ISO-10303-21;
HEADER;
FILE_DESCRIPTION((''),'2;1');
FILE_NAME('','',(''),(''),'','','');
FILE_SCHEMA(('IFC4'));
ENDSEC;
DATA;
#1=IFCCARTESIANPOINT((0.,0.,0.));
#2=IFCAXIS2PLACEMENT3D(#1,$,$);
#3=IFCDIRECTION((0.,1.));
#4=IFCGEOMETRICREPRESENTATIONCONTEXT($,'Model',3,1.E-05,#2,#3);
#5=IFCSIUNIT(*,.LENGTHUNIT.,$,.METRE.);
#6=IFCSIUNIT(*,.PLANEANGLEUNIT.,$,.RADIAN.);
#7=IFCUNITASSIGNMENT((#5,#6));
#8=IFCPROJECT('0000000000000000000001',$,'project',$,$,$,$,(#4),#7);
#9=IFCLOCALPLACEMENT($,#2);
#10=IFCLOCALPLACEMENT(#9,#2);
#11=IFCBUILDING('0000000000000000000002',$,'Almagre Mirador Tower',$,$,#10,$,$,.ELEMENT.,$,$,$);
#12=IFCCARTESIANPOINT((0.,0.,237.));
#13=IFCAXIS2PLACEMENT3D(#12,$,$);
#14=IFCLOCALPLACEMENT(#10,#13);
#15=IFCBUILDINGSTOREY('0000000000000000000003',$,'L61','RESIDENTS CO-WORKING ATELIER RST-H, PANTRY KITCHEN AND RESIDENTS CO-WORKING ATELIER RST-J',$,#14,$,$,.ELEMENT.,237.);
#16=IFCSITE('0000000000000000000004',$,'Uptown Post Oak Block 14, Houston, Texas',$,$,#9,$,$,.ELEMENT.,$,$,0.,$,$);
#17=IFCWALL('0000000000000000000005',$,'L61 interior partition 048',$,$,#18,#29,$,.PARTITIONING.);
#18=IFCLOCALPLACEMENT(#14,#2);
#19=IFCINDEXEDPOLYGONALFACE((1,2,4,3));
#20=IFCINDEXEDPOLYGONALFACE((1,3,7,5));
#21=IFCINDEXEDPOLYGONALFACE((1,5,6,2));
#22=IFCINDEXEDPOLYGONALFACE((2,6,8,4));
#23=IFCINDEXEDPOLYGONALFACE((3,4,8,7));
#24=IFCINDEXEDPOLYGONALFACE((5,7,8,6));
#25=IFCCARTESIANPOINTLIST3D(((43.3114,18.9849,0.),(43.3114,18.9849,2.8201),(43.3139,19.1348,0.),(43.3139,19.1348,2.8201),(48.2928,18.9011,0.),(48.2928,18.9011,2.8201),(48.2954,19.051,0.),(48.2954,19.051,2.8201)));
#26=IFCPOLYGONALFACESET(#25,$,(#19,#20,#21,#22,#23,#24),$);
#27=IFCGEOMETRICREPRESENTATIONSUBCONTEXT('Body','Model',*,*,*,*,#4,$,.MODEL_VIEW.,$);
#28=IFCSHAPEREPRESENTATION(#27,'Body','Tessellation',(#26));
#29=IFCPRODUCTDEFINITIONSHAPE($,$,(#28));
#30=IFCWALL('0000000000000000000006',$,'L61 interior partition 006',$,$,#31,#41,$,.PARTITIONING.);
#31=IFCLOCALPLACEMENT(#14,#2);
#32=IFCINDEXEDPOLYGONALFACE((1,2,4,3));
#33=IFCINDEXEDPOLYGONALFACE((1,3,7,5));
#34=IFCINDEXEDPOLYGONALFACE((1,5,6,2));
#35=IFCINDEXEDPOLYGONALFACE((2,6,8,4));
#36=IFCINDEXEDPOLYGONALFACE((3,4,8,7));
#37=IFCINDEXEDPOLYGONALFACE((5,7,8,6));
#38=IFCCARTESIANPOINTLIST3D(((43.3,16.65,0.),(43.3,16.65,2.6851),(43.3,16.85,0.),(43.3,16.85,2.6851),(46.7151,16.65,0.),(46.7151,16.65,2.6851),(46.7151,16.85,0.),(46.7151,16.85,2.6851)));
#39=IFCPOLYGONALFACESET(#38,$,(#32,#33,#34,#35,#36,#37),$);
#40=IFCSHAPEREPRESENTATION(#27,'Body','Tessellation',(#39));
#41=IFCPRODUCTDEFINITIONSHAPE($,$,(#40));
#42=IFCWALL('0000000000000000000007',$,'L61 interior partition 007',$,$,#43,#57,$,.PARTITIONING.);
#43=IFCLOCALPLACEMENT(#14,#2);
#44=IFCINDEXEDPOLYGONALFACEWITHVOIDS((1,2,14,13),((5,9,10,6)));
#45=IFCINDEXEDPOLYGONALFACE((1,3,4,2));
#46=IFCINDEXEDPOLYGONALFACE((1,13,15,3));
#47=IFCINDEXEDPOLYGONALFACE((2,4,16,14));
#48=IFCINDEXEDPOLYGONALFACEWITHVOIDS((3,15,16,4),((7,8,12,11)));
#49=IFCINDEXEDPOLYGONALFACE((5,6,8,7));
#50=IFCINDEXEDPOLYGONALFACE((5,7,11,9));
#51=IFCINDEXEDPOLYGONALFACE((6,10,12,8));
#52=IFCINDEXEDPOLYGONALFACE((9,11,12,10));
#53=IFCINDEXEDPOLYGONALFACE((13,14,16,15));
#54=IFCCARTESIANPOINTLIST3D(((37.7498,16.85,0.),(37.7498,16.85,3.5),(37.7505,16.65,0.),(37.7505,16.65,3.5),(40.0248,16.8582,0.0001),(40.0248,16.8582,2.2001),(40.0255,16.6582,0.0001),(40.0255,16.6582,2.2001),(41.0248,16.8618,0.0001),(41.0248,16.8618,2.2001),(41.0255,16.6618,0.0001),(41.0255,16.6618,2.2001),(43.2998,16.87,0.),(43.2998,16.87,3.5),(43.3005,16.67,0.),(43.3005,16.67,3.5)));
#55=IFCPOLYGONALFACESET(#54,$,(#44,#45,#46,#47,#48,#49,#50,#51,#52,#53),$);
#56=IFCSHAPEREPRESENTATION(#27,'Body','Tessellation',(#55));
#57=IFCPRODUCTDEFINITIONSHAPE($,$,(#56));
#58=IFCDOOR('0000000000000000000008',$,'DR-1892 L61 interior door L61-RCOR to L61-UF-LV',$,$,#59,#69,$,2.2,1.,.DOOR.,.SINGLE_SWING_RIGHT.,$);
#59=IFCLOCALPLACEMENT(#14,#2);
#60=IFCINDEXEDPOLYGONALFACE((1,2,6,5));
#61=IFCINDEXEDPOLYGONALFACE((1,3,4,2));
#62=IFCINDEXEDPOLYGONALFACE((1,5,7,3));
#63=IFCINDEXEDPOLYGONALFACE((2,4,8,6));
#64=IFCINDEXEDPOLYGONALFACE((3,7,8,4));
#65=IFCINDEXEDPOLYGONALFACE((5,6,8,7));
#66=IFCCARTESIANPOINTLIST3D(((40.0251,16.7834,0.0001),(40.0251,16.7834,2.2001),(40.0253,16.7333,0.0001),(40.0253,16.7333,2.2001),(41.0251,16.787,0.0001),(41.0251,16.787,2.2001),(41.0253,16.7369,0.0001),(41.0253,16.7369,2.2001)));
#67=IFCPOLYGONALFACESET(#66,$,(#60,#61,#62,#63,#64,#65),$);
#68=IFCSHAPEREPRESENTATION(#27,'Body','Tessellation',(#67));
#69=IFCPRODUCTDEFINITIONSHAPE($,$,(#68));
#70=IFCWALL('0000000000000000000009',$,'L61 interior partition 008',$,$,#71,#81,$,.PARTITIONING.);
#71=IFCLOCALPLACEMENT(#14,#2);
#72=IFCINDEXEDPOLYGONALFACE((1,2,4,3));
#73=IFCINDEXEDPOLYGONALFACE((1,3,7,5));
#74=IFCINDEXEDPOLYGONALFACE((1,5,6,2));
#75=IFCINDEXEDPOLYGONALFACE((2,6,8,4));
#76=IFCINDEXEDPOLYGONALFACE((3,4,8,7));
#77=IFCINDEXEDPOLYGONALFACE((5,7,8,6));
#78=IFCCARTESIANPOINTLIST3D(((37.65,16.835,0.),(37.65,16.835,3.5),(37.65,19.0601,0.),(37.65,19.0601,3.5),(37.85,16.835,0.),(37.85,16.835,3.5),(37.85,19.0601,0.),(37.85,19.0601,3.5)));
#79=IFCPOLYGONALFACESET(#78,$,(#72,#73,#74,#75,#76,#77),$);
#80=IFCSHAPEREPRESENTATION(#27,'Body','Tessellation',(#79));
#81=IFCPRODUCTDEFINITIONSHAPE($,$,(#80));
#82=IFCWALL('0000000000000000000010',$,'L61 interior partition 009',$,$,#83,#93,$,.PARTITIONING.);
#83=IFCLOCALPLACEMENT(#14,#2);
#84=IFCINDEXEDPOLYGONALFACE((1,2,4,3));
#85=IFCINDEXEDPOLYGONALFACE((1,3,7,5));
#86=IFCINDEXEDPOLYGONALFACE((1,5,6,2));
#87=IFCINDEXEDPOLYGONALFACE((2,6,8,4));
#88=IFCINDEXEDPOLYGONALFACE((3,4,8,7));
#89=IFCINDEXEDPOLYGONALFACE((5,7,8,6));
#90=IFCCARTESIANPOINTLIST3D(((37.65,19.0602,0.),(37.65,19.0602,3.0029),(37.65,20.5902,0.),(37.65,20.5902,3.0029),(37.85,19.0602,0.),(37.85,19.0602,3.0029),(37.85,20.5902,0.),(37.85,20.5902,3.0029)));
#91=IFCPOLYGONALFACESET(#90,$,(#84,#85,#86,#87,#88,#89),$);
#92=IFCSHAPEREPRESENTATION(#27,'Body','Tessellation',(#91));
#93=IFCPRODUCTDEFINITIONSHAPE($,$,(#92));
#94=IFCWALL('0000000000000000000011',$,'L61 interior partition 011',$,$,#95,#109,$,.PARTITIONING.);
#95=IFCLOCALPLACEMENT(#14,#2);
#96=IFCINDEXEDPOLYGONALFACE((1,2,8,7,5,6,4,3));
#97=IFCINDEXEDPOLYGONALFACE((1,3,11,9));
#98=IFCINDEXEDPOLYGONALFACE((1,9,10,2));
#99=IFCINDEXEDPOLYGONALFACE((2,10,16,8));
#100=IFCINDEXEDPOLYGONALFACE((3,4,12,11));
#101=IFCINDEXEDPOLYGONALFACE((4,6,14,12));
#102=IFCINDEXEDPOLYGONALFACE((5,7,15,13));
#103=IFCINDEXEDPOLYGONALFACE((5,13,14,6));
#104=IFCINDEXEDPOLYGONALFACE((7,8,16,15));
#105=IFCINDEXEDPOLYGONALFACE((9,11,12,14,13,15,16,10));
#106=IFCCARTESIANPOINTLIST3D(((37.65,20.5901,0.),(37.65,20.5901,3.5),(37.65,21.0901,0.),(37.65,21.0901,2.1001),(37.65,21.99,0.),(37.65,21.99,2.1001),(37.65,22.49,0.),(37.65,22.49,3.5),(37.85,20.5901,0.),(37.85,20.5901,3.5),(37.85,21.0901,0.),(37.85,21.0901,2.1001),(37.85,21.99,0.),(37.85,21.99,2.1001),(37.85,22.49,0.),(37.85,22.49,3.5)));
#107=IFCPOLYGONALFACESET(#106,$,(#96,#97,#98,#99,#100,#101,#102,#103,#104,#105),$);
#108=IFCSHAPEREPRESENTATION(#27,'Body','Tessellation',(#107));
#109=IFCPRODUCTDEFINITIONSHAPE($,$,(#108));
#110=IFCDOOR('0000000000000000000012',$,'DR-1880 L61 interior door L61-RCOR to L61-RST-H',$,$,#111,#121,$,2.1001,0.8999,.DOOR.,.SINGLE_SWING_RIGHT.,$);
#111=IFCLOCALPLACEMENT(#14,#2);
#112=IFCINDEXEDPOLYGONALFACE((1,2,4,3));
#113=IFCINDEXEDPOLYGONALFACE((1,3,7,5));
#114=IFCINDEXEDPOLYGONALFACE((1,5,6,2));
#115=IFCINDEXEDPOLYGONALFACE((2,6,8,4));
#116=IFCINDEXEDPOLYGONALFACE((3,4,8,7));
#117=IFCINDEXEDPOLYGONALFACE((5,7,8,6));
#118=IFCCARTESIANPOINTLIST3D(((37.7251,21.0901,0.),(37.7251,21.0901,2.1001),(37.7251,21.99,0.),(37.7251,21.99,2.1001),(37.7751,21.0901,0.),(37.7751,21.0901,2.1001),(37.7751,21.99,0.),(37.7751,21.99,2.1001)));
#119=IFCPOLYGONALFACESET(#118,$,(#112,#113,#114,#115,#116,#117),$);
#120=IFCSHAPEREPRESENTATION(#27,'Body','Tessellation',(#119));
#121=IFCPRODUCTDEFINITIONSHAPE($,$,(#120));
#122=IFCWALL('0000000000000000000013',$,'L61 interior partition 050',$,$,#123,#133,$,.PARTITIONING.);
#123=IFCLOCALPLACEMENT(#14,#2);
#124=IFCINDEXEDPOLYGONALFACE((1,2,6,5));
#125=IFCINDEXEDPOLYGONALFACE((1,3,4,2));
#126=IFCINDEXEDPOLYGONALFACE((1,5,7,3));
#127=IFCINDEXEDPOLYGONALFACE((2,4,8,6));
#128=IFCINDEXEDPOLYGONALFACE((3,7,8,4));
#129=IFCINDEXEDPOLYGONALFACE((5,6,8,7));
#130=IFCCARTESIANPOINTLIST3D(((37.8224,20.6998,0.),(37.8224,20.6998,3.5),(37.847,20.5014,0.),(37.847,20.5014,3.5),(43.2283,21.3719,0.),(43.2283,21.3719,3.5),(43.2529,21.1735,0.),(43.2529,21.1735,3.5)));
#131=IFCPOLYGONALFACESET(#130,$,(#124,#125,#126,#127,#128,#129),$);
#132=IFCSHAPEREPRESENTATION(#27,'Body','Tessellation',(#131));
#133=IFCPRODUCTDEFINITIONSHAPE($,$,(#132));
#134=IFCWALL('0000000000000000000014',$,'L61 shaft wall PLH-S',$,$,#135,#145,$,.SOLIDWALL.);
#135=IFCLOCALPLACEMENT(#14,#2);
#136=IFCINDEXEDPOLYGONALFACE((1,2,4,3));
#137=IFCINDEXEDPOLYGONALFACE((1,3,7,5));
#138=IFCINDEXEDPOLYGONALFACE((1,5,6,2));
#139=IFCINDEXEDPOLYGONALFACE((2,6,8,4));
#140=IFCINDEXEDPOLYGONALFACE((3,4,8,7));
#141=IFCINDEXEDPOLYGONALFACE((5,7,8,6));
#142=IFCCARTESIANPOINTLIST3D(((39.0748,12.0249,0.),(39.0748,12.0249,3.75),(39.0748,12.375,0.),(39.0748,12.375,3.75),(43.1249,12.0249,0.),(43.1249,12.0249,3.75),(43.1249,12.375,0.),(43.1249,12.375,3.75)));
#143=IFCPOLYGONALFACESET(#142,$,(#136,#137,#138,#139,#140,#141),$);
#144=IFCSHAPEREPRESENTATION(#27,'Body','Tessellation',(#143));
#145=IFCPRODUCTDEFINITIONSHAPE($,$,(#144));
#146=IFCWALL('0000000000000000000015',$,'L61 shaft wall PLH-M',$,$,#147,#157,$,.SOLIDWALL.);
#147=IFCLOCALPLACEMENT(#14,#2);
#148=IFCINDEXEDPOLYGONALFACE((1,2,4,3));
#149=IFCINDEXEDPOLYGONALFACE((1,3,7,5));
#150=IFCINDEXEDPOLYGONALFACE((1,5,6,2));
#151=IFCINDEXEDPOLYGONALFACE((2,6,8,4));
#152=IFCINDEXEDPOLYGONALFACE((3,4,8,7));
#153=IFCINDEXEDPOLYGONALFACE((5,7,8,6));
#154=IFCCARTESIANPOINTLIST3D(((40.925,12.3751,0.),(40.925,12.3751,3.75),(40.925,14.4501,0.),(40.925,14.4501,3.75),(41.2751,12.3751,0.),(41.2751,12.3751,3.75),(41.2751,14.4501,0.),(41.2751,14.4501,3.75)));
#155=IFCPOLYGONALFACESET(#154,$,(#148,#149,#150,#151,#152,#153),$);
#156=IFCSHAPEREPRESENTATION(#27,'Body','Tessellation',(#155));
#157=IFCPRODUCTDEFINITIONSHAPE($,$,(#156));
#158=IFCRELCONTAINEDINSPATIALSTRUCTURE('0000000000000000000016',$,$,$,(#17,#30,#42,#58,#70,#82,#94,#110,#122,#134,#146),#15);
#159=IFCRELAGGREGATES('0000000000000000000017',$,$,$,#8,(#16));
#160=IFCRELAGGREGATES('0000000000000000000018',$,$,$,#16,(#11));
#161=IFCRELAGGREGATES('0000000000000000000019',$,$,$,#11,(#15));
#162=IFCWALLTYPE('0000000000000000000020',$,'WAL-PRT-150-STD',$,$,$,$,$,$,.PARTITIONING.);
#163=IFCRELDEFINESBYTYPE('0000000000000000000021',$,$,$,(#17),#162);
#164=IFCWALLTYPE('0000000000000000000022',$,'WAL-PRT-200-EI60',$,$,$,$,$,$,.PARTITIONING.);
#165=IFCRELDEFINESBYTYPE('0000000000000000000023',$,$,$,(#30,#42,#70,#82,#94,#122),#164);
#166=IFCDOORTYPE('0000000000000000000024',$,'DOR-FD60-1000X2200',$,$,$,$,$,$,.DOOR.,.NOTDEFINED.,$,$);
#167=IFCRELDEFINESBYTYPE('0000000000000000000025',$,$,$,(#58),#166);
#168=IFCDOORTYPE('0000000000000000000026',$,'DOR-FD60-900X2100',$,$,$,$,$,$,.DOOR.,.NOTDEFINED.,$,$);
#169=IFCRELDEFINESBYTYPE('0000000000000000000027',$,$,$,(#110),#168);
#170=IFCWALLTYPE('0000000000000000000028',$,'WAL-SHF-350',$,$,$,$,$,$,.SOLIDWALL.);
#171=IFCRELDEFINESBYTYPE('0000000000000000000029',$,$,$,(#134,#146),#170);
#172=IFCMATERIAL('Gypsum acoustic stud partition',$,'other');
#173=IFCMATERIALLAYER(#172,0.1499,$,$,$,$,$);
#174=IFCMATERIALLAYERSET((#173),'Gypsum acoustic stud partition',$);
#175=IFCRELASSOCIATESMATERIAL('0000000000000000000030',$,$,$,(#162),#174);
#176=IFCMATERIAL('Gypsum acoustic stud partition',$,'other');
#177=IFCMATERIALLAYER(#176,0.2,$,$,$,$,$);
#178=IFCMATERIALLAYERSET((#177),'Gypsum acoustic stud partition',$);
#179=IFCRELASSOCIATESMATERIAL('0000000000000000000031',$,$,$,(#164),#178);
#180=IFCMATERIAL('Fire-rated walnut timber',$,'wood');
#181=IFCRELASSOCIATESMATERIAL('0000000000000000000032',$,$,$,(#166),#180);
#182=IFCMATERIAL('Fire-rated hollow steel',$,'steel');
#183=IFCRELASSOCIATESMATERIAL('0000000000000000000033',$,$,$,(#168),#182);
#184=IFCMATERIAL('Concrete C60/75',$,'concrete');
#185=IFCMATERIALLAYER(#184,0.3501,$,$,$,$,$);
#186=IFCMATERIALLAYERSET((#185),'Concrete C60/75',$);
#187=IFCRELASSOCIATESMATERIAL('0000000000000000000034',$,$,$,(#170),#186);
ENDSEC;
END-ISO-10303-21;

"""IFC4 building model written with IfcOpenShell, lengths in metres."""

from ifc_helpers import new_model, si_unit, direction, frame, frame_2d, origin, place, context, subcontext, project, spatial, rectangle, extrude, material, layer, layer_set, type_object, element, fill, save


model = new_model("IFC4")

# Units and contexts
model_context = context("Model", 3, precision=1e-05, world=origin(), true_north=direction((0.0, 1.0)))
body_context = subcontext(model_context, "Body", "Model", "MODEL_VIEW")
ifc_project = project(units=[si_unit("LENGTHUNIT", "METRE"), si_unit("PLANEANGLEUNIT", "RADIAN")], contexts=[model_context])

# Site, building, storey
site_placement = place(None, origin())
site = spatial("IfcSite", under=ifc_project, at=site_placement, Name="Uptown Post Oak Block 14, Houston, Texas", CompositionType="ELEMENT", RefElevation=0.0)
building_placement = place(site_placement, origin())
building = spatial("IfcBuilding", under=site, at=building_placement, Name="Almagre Mirador Tower", CompositionType="ELEMENT")
storey_placement = place(building_placement, frame((0.0, 0.0, 237.0)))
storey = spatial("IfcBuildingStorey", under=building, at=storey_placement, Name="L61", Description="RESIDENTS CO-WORKING ATELIER RST-H, PANTRY KITCHEN AND RESIDENTS CO-WORKING ATELIER RST-J", CompositionType="ELEMENT", Elevation=237.0)

# Shared definitions
ifc_material_1 = material(Name="Gypsum acoustic stud partition", Category="other")
ifc_layer_1 = layer(ifc_material_1, 0.1499)
ifc_layer_set_1 = layer_set([ifc_layer_1], Name="Gypsum acoustic stud partition")
wall_type_1 = type_object("IfcWallType", Name="WAL-PRT-150-STD", PredefinedType="PARTITIONING", material=ifc_layer_set_1)

# Walls
wall_1_placement = place(storey_placement, frame((43.3125, 19.0598, 0.0), z_axis=(0.0, 0.0, 1.0), x_axis=(0.999859, -0.016808, 0.0)))
element("IfcWall", 1, at=wall_1_placement, inside=storey, type_object=wall_type_1, Name="L61 interior partition 048", PredefinedType="PARTITIONING", context=body_context, shape_type="SweptSolid", body=[
    extrude(rectangle(XDim=4.9822, YDim=0.1499, at=frame_2d((2.4912, 0.0))), origin(), (0.0, 0.0, 1.0), 2.8201),
])
ifc_material_2 = material(Name="Gypsum acoustic stud partition", Category="other")
ifc_layer_2 = layer(ifc_material_2, 0.2)
ifc_layer_set_2 = layer_set([ifc_layer_2], Name="Gypsum acoustic stud partition")
wall_type_2 = type_object("IfcWallType", Name="WAL-PRT-200-EI60", PredefinedType="PARTITIONING", material=ifc_layer_set_2)
wall_2_placement = place(storey_placement, frame((46.7151, 16.75, 0.0), z_axis=(0.0, 0.0, 1.0), x_axis=(-1.0, 0.0, 0.0)))
element("IfcWall", 2, at=wall_2_placement, inside=storey, type_object=wall_type_2, Name="L61 interior partition 006", PredefinedType="PARTITIONING", context=body_context, shape_type="SweptSolid", body=[
    extrude(rectangle(XDim=3.415, YDim=0.2, at=frame_2d((1.7075, 0.0))), origin(), (0.0, 0.0, 1.0), 2.6851),
])

# Wall, opening, door
wall_3_placement = place(storey_placement, frame((43.3, 16.77, 0.0), z_axis=(0.0, 0.0, 1.0), x_axis=(-0.999993, -0.003607, 0.0)))
wall_3 = element("IfcWall", 3, at=wall_3_placement, inside=storey, type_object=wall_type_2, Name="L61 interior partition 007", PredefinedType="PARTITIONING", context=body_context, shape_type="SweptSolid", body=[
    extrude(rectangle(XDim=5.55, YDim=0.2, at=frame_2d((2.7749, 0.0))), origin(), (0.0, 0.0, 1.0), 3.5),
])
opening_1_placement = place(wall_3_placement, frame((2.2749, 0.0, 0.0)))
opening_1 = element("IfcOpeningElement", 4, at=opening_1_placement, cuts=wall_3, PredefinedType="OPENING", context=body_context, shape_type="SweptSolid", body=[
    extrude(rectangle(XDim=1.0, YDim=2.2, at=frame_2d((0.5, 1.1001))), frame((0.0, 0.1101, 0.0), z_axis=(0.0, -1.0, 0.0), x_axis=(1.0, 0.0, 0.0)), (0.0, 0.0, 1.0), 0.22),
])
ifc_material_3 = material(Name="Fire-rated walnut timber", Category="wood")
door_type_1 = type_object("IfcDoorType", Name="DOR-FD60-1000X2200", OperationType="NOTDEFINED", PredefinedType="DOOR", material=ifc_material_3)
door_1_placement = place(opening_1_placement, origin())
door_1 = element("IfcDoor", 5, at=door_1_placement, inside=storey, type_object=door_type_1, Name="DR-1892 L61 interior door L61-RCOR to L61-UF-LV", OperationType="SINGLE_SWING_RIGHT", OverallHeight=2.2, OverallWidth=1.0, PredefinedType="DOOR", context=body_context, shape_type="SweptSolid", body=[
    extrude(rectangle(XDim=1.0, YDim=2.2, at=frame_2d((0.5, 1.1001))), frame((0.0, 0.0249, 0.0), z_axis=(0.0, -1.0, 0.0), x_axis=(1.0, 0.0, 0.0)), (0.0, 0.0, 1.0), 0.05),
])
fill(opening_1, door_1)

# Walls
wall_4_placement = place(storey_placement, frame((37.75, 16.835, 0.0), z_axis=(0.0, 0.0, 1.0), x_axis=(0.0, 1.0, 0.0)))
element("IfcWall", 6, at=wall_4_placement, inside=storey, type_object=wall_type_2, Name="L61 interior partition 008", PredefinedType="PARTITIONING", context=body_context, shape_type="SweptSolid", body=[
    extrude(rectangle(XDim=2.2251, YDim=0.2, at=frame_2d((1.1125, 0.0))), origin(), (0.0, 0.0, 1.0), 3.5),
])
wall_5_placement = place(storey_placement, frame((37.75, 19.0601, 0.0), z_axis=(0.0, 0.0, 1.0), x_axis=(0.0, 1.0, 0.0)))
element("IfcWall", 7, at=wall_5_placement, inside=storey, type_object=wall_type_2, Name="L61 interior partition 009", PredefinedType="PARTITIONING", context=body_context, shape_type="SweptSolid", body=[
    extrude(rectangle(XDim=1.53, YDim=0.2, at=frame_2d((0.7651, 0.0))), origin(), (0.0, 0.0, 1.0), 3.0029),
])

# Wall, opening, door
wall_6_placement = place(storey_placement, frame((37.75, 20.5901, 0.0), z_axis=(0.0, 0.0, 1.0), x_axis=(0.0, 1.0, 0.0)))
wall_6 = element("IfcWall", 8, at=wall_6_placement, inside=storey, type_object=wall_type_2, Name="L61 interior partition 011", PredefinedType="PARTITIONING", context=body_context, shape_type="SweptSolid", body=[
    extrude(rectangle(XDim=1.8999, YDim=0.2, at=frame_2d((0.95, 0.0))), origin(), (0.0, 0.0, 1.0), 3.5),
])
opening_2_placement = place(wall_6_placement, frame((0.5, 0.0, 0.0)))
opening_2 = element("IfcOpeningElement", 9, at=opening_2_placement, cuts=wall_6, PredefinedType="OPENING", context=body_context, shape_type="SweptSolid", body=[
    extrude(rectangle(XDim=0.8999, YDim=2.1001, at=frame_2d((0.45, 1.05))), frame((0.0, 0.1101, 0.0), z_axis=(0.0, -1.0, 0.0), x_axis=(1.0, 0.0, 0.0)), (0.0, 0.0, 1.0), 0.22),
])
ifc_material_4 = material(Name="Fire-rated hollow steel", Category="steel")
door_type_2 = type_object("IfcDoorType", Name="DOR-FD60-900X2100", OperationType="NOTDEFINED", PredefinedType="DOOR", material=ifc_material_4)
door_2_placement = place(opening_2_placement, origin())
door_2 = element("IfcDoor", 10, at=door_2_placement, inside=storey, type_object=door_type_2, Name="DR-1880 L61 interior door L61-RCOR to L61-RST-H", OperationType="SINGLE_SWING_RIGHT", OverallHeight=2.1001, OverallWidth=0.8999, PredefinedType="DOOR", context=body_context, shape_type="SweptSolid", body=[
    extrude(rectangle(XDim=0.8999, YDim=2.1001, at=frame_2d((0.45, 1.05))), frame((0.0, 0.0249, 0.0), z_axis=(0.0, -1.0, 0.0), x_axis=(1.0, 0.0, 0.0)), (0.0, 0.0, 1.0), 0.05),
])
fill(opening_2, door_2)

# Walls
wall_7_placement = place(storey_placement, frame((43.2405, 21.2727, 0.0), z_axis=(0.0, 0.0, 1.0), x_axis=(-0.99236, -0.123378, 0.0)))
element("IfcWall", 11, at=wall_7_placement, inside=storey, type_object=wall_type_2, Name="L61 interior partition 050", PredefinedType="PARTITIONING", context=body_context, shape_type="SweptSolid", body=[
    extrude(rectangle(XDim=5.4475, YDim=0.2, at=frame_2d((2.7236, 0.0))), origin(), (0.0, 0.0, 1.0), 3.5),
])
ifc_material_5 = material(Name="Concrete C60/75", Category="concrete")
ifc_layer_3 = layer(ifc_material_5, 0.3501)
ifc_layer_set_3 = layer_set([ifc_layer_3], Name="Concrete C60/75")
wall_type_3 = type_object("IfcWallType", Name="WAL-SHF-350", PredefinedType="SOLIDWALL", material=ifc_layer_set_3)
wall_8_placement = place(storey_placement, frame((39.075, 12.2, 0.0), z_axis=(0.0, 0.0, 1.0), x_axis=(1.0, 0.0, 0.0)))
element("IfcWall", 12, at=wall_8_placement, inside=storey, type_object=wall_type_3, Name="L61 shaft wall PLH-S", PredefinedType="SOLIDWALL", context=body_context, shape_type="SweptSolid", body=[
    extrude(rectangle(XDim=4.05, YDim=0.3501, at=frame_2d((2.0249, 0.0))), origin(), (0.0, 0.0, 1.0), 3.75),
])
wall_9_placement = place(storey_placement, frame((41.1001, 12.375, 0.0), z_axis=(0.0, 0.0, 1.0), x_axis=(0.0, 1.0, 0.0)))
element("IfcWall", 13, at=wall_9_placement, inside=storey, type_object=wall_type_3, Name="L61 shaft wall PLH-M", PredefinedType="SOLIDWALL", context=body_context, shape_type="SweptSolid", body=[
    extrude(rectangle(XDim=2.075, YDim=0.3501, at=frame_2d((1.0376, 0.0))), origin(), (0.0, 0.0, 1.0), 3.75),
])

save(model, "model.ifc")
